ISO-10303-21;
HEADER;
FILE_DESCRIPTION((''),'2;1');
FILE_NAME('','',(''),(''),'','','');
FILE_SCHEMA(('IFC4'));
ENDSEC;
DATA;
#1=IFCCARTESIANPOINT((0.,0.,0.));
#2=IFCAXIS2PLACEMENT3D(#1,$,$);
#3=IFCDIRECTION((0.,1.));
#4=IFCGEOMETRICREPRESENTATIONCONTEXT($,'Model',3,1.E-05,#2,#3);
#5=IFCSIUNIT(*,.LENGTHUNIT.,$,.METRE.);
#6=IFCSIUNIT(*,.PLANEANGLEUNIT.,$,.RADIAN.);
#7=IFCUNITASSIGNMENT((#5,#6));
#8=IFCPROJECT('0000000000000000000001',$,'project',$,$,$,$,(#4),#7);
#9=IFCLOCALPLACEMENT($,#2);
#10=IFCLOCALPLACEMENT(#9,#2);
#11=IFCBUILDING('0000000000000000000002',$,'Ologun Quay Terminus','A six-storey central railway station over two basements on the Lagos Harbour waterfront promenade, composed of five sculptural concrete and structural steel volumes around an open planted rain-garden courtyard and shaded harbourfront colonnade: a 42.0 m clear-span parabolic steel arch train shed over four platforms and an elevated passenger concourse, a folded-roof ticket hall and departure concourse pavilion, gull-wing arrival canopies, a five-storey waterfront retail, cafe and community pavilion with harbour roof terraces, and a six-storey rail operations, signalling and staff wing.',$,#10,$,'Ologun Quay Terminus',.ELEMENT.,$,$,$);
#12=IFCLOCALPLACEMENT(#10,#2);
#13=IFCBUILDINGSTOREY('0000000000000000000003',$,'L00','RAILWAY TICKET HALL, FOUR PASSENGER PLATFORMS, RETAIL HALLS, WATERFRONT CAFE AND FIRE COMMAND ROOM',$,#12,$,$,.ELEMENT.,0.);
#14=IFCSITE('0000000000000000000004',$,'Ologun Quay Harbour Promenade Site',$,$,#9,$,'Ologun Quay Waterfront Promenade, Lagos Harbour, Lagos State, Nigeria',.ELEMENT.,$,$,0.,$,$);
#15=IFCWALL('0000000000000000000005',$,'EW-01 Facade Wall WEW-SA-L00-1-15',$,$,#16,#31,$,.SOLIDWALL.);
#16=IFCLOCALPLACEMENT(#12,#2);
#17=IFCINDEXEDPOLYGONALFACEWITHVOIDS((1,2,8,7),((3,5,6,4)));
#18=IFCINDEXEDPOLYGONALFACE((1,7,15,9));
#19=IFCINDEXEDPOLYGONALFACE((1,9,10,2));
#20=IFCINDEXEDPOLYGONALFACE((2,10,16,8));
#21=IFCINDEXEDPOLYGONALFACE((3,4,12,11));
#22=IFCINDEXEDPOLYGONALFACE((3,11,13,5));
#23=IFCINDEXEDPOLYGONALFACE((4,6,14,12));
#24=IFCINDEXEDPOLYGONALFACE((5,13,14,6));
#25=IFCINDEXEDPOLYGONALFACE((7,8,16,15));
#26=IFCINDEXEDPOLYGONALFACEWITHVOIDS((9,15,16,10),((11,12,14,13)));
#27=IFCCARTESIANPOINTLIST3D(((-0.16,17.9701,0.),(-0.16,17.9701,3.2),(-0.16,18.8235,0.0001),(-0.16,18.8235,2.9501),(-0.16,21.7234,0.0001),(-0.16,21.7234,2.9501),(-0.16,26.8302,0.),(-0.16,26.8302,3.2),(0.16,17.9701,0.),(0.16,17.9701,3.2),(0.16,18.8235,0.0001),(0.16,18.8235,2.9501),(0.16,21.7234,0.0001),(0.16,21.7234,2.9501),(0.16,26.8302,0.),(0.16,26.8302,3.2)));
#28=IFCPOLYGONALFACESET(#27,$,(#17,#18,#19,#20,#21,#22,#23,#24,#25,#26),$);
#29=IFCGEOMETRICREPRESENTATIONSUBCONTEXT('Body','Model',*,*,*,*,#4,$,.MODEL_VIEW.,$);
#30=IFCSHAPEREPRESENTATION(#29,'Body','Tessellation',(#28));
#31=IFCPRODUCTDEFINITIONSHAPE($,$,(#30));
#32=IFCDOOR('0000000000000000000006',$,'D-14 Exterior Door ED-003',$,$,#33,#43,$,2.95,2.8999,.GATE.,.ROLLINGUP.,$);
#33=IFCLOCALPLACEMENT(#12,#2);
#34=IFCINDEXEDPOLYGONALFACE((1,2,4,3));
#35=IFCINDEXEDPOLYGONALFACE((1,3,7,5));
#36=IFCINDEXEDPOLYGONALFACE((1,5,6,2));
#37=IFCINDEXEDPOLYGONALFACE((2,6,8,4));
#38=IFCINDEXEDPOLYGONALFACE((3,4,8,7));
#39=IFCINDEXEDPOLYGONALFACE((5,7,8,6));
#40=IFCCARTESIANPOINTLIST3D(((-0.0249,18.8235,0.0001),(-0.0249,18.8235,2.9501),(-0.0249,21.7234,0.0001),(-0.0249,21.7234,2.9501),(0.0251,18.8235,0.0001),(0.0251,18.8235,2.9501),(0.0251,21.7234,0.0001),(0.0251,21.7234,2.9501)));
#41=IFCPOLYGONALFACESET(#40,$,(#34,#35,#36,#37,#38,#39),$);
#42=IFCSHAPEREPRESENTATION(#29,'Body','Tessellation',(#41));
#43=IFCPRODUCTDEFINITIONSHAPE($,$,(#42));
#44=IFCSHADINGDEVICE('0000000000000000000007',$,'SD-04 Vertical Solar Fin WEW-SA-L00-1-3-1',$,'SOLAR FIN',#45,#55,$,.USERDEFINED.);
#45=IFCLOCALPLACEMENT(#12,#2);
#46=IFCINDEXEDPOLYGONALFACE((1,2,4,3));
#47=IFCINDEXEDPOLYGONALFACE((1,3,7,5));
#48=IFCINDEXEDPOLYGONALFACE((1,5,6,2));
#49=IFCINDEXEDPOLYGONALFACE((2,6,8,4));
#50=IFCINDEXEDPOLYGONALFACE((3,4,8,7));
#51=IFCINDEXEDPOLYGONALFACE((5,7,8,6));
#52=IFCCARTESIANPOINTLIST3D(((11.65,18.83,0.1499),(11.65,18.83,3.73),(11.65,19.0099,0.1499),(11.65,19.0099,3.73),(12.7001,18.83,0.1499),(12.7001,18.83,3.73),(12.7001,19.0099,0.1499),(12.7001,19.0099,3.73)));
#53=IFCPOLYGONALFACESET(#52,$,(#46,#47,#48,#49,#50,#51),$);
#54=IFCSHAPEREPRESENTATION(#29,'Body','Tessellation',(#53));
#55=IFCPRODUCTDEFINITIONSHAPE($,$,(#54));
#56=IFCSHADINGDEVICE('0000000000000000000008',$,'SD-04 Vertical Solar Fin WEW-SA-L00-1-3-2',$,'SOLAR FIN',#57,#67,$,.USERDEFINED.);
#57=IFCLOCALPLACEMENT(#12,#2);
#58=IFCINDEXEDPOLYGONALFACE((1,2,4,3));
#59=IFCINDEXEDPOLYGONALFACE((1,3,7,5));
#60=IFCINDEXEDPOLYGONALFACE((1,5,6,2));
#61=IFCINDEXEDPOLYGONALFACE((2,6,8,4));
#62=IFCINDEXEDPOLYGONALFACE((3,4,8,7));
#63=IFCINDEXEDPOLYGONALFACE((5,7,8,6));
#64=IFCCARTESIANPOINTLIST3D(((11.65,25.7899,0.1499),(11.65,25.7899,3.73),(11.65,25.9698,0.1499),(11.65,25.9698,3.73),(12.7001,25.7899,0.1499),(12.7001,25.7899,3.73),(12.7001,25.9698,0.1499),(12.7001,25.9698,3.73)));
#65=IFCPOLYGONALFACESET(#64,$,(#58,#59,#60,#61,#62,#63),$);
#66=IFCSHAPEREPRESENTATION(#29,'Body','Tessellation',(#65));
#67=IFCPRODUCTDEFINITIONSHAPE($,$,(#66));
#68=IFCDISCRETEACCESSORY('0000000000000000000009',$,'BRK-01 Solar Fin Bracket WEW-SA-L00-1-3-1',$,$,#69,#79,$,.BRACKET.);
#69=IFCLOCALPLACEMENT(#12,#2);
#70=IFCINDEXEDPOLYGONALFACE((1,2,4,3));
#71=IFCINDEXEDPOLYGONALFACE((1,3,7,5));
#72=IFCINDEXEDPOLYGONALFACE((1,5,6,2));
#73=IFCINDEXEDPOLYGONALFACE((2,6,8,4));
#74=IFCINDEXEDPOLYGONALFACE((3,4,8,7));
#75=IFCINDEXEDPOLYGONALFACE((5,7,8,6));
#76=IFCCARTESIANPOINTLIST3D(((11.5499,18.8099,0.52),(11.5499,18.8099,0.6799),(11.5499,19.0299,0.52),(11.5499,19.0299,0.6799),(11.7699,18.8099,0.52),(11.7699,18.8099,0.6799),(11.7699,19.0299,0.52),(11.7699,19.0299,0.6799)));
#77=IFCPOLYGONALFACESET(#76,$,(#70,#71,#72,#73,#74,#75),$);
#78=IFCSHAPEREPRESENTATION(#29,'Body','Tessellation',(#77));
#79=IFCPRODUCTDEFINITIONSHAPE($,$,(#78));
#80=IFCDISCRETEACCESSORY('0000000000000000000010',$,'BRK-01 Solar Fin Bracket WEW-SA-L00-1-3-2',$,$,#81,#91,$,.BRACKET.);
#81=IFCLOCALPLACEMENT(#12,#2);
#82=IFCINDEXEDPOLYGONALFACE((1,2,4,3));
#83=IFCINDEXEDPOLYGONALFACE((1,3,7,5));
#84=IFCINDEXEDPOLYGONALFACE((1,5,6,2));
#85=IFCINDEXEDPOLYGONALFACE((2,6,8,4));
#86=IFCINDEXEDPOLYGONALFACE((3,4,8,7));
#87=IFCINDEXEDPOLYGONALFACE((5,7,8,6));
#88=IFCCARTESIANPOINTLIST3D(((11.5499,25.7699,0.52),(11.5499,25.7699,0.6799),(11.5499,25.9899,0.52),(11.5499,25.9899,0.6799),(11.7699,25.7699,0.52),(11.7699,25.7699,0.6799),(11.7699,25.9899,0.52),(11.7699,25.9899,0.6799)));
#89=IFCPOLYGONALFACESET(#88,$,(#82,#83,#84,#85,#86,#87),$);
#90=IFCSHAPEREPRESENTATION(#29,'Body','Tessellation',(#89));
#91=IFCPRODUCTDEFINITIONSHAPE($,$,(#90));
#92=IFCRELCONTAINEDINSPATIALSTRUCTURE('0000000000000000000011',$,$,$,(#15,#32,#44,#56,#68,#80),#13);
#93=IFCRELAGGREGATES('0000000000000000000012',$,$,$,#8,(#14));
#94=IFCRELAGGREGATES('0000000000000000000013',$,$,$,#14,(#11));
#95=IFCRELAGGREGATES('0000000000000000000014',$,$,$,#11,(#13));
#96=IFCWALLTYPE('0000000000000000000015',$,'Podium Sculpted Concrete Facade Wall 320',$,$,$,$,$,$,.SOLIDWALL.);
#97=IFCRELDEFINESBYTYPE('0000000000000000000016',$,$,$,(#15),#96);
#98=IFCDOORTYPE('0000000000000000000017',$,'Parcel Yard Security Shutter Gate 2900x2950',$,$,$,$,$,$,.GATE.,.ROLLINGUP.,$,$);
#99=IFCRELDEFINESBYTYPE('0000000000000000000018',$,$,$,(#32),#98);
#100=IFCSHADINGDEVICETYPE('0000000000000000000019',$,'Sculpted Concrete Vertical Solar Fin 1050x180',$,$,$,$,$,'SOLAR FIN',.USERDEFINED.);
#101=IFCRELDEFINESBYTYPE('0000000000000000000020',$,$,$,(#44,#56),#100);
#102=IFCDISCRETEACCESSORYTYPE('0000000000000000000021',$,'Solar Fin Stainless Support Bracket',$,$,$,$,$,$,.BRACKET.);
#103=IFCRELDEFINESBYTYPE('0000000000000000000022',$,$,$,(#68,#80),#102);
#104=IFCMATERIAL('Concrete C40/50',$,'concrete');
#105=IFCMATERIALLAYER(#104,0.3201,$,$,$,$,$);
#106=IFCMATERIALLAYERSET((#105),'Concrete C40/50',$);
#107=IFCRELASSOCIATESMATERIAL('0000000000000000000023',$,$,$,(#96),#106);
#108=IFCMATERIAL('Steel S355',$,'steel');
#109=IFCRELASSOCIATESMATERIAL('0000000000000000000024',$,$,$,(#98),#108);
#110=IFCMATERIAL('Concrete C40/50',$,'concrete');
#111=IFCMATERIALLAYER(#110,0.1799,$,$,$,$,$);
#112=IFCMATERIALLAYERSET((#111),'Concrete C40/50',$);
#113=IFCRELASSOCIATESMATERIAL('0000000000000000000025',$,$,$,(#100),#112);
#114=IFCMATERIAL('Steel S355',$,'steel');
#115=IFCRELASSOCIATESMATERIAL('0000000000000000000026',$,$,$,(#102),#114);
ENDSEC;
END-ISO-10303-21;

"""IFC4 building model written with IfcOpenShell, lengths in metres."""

from ifc_helpers import new_model, si_unit, direction, frame, frame_2d, origin, origin_2d, place, context, subcontext, project, spatial, rectangle, extrude, material, layer, layer_set, type_object, element, fill, save


model = new_model("IFC4")

# Units and contexts
model_context = context("Model", 3, precision=1e-05, world=origin(), true_north=direction((0.0, 1.0)))
body_context = subcontext(model_context, "Body", "Model", "MODEL_VIEW")
ifc_project = project(units=[si_unit("LENGTHUNIT", "METRE"), si_unit("PLANEANGLEUNIT", "RADIAN")], contexts=[model_context])

# Site, building, storey
site_placement = place(None, origin())
site = spatial("IfcSite", under=ifc_project, at=site_placement, Name="Ologun Quay Harbour Promenade Site", LongName="Ologun Quay Waterfront Promenade, Lagos Harbour, Lagos State, Nigeria", CompositionType="ELEMENT", RefElevation=0.0)
building_placement = place(site_placement, origin())
building = spatial("IfcBuilding", under=site, at=building_placement, Name="Ologun Quay Terminus", Description="A six-storey central railway station over two basements on the Lagos Harbour waterfront promenade, composed of five sculptural concrete and structural steel volumes around an open planted rain-garden courtyard and shaded harbourfront colonnade: a 42.0 m clear-span parabolic steel arch train shed over four platforms and an elevated passenger concourse, a folded-roof ticket hall and departure concourse pavilion, gull-wing arrival canopies, a five-storey waterfront retail, cafe and community pavilion with harbour roof terraces, and a six-storey rail operations, signalling and staff wing.", LongName="Ologun Quay Terminus", CompositionType="ELEMENT")
storey_placement = place(building_placement, origin())
storey = spatial("IfcBuildingStorey", under=building, at=storey_placement, Name="L00", Description="RAILWAY TICKET HALL, FOUR PASSENGER PLATFORMS, RETAIL HALLS, WATERFRONT CAFE AND FIRE COMMAND ROOM", CompositionType="ELEMENT", Elevation=0.0)

# Shared definitions
ifc_material_1 = material(Name="Concrete C40/50", Category="concrete")
ifc_layer_1 = layer(ifc_material_1, 0.3201)
ifc_layer_set_1 = layer_set([ifc_layer_1], Name="Concrete C40/50")
wall_type_1 = type_object("IfcWallType", Name="Podium Sculpted Concrete Facade Wall 320", PredefinedType="SOLIDWALL", material=ifc_layer_set_1)

# Wall, opening, door
wall_1_placement = place(storey_placement, frame((0.0, 17.97, 0.0), z_axis=(0.0, 0.0, 1.0), x_axis=(0.0, 1.0, 0.0)))
wall_1 = element("IfcWall", 1, at=wall_1_placement, inside=storey, type_object=wall_type_1, Name="EW-01 Facade Wall WEW-SA-L00-1-15", PredefinedType="SOLIDWALL", context=body_context, shape_type="SweptSolid", body=[
    extrude(rectangle(XDim=8.8601, YDim=0.3201, at=frame_2d((4.4302, 0.0))), origin(), (0.0, 0.0, 1.0), 3.2),
])
opening_1_placement = place(wall_1_placement, frame((0.8535, 0.0, 0.0)))
opening_1 = element("IfcOpeningElement", 2, at=opening_1_placement, cuts=wall_1, PredefinedType="OPENING", context=body_context, shape_type="SweptSolid", body=[
    extrude(rectangle(XDim=2.8999, YDim=2.95, at=frame_2d((1.45, 1.4751))), frame((0.0, 0.1699, 0.0), z_axis=(0.0, -1.0, 0.0), x_axis=(1.0, 0.0, 0.0)), (0.0, 0.0, 1.0), 0.3401),
])
ifc_material_2 = material(Name="Steel S355", Category="steel")
door_type = type_object("IfcDoorType", Name="Parcel Yard Security Shutter Gate 2900x2950", OperationType="ROLLINGUP", PredefinedType="GATE", material=ifc_material_2)
door_placement = place(opening_1_placement, origin())
door = element("IfcDoor", 3, at=door_placement, inside=storey, type_object=door_type, Name="D-14 Exterior Door ED-003", OperationType="ROLLINGUP", OverallHeight=2.95, OverallWidth=2.8999, PredefinedType="GATE", context=body_context, shape_type="SweptSolid", body=[
    extrude(rectangle(XDim=2.8999, YDim=2.95, at=frame_2d((1.45, 1.4751))), frame((0.0, 0.0249, 0.0), z_axis=(0.0, -1.0, 0.0), x_axis=(1.0, 0.0, 0.0)), (0.0, 0.0, 1.0), 0.05),
])
fill(opening_1, door)

# Shading devices
ifc_material_3 = material(Name="Concrete C40/50", Category="concrete")
ifc_layer_2 = layer(ifc_material_3, 0.1799)
ifc_layer_set_2 = layer_set([ifc_layer_2], Name="Concrete C40/50")
shading_device_type = type_object("IfcShadingDeviceType", Name="Sculpted Concrete Vertical Solar Fin 1050x180", ElementType="SOLAR FIN", PredefinedType="USERDEFINED", material=ifc_layer_set_2)
for number, where, z_axis, x_axis, name in (
    (4, (12.175, 18.9199, 0.1499), (0.0, 0.0, 1.0), (1.0, 0.0, 0.0), "SD-04 Vertical Solar Fin WEW-SA-L00-1-3-1"),
    (5, (12.175, 25.8799, 0.1499), (0.0, 0.0, 1.0), (1.0, 0.0, 0.0), "SD-04 Vertical Solar Fin WEW-SA-L00-1-3-2"),
):
    element("IfcShadingDevice", number, at=place(storey_placement, frame(where, z_axis=z_axis, x_axis=x_axis)), inside=storey, type_object=shading_device_type, Name=name, ObjectType="SOLAR FIN", PredefinedType="USERDEFINED", context=body_context, shape_type="SweptSolid", body=[
        extrude(rectangle(XDim=1.05, YDim=0.1799, at=origin_2d()), origin(), (0.0, 0.0, 1.0), 3.5801),
    ])

# Discrete accessories
ifc_material_4 = material(Name="Steel S355", Category="steel")
discrete_accessory_type = type_object("IfcDiscreteAccessoryType", Name="Solar Fin Stainless Support Bracket", PredefinedType="BRACKET", material=ifc_material_4)
for number, where, z_axis, x_axis, name in (
    (6, (11.6599, 18.9199, 0.52), (0.0, 0.0, 1.0), (1.0, 0.0, 0.0), "BRK-01 Solar Fin Bracket WEW-SA-L00-1-3-1"),
    (7, (11.6599, 25.8799, 0.52), (0.0, 0.0, 1.0), (1.0, 0.0, 0.0), "BRK-01 Solar Fin Bracket WEW-SA-L00-1-3-2"),
):
    element("IfcDiscreteAccessory", number, at=place(storey_placement, frame(where, z_axis=z_axis, x_axis=x_axis)), inside=storey, type_object=discrete_accessory_type, Name=name, PredefinedType="BRACKET", context=body_context, shape_type="SweptSolid", body=[
        extrude(rectangle(XDim=0.22, YDim=0.22, at=origin_2d()), origin(), (0.0, 0.0, 1.0), 0.1599),
    ])

save(model, "model.ifc")
